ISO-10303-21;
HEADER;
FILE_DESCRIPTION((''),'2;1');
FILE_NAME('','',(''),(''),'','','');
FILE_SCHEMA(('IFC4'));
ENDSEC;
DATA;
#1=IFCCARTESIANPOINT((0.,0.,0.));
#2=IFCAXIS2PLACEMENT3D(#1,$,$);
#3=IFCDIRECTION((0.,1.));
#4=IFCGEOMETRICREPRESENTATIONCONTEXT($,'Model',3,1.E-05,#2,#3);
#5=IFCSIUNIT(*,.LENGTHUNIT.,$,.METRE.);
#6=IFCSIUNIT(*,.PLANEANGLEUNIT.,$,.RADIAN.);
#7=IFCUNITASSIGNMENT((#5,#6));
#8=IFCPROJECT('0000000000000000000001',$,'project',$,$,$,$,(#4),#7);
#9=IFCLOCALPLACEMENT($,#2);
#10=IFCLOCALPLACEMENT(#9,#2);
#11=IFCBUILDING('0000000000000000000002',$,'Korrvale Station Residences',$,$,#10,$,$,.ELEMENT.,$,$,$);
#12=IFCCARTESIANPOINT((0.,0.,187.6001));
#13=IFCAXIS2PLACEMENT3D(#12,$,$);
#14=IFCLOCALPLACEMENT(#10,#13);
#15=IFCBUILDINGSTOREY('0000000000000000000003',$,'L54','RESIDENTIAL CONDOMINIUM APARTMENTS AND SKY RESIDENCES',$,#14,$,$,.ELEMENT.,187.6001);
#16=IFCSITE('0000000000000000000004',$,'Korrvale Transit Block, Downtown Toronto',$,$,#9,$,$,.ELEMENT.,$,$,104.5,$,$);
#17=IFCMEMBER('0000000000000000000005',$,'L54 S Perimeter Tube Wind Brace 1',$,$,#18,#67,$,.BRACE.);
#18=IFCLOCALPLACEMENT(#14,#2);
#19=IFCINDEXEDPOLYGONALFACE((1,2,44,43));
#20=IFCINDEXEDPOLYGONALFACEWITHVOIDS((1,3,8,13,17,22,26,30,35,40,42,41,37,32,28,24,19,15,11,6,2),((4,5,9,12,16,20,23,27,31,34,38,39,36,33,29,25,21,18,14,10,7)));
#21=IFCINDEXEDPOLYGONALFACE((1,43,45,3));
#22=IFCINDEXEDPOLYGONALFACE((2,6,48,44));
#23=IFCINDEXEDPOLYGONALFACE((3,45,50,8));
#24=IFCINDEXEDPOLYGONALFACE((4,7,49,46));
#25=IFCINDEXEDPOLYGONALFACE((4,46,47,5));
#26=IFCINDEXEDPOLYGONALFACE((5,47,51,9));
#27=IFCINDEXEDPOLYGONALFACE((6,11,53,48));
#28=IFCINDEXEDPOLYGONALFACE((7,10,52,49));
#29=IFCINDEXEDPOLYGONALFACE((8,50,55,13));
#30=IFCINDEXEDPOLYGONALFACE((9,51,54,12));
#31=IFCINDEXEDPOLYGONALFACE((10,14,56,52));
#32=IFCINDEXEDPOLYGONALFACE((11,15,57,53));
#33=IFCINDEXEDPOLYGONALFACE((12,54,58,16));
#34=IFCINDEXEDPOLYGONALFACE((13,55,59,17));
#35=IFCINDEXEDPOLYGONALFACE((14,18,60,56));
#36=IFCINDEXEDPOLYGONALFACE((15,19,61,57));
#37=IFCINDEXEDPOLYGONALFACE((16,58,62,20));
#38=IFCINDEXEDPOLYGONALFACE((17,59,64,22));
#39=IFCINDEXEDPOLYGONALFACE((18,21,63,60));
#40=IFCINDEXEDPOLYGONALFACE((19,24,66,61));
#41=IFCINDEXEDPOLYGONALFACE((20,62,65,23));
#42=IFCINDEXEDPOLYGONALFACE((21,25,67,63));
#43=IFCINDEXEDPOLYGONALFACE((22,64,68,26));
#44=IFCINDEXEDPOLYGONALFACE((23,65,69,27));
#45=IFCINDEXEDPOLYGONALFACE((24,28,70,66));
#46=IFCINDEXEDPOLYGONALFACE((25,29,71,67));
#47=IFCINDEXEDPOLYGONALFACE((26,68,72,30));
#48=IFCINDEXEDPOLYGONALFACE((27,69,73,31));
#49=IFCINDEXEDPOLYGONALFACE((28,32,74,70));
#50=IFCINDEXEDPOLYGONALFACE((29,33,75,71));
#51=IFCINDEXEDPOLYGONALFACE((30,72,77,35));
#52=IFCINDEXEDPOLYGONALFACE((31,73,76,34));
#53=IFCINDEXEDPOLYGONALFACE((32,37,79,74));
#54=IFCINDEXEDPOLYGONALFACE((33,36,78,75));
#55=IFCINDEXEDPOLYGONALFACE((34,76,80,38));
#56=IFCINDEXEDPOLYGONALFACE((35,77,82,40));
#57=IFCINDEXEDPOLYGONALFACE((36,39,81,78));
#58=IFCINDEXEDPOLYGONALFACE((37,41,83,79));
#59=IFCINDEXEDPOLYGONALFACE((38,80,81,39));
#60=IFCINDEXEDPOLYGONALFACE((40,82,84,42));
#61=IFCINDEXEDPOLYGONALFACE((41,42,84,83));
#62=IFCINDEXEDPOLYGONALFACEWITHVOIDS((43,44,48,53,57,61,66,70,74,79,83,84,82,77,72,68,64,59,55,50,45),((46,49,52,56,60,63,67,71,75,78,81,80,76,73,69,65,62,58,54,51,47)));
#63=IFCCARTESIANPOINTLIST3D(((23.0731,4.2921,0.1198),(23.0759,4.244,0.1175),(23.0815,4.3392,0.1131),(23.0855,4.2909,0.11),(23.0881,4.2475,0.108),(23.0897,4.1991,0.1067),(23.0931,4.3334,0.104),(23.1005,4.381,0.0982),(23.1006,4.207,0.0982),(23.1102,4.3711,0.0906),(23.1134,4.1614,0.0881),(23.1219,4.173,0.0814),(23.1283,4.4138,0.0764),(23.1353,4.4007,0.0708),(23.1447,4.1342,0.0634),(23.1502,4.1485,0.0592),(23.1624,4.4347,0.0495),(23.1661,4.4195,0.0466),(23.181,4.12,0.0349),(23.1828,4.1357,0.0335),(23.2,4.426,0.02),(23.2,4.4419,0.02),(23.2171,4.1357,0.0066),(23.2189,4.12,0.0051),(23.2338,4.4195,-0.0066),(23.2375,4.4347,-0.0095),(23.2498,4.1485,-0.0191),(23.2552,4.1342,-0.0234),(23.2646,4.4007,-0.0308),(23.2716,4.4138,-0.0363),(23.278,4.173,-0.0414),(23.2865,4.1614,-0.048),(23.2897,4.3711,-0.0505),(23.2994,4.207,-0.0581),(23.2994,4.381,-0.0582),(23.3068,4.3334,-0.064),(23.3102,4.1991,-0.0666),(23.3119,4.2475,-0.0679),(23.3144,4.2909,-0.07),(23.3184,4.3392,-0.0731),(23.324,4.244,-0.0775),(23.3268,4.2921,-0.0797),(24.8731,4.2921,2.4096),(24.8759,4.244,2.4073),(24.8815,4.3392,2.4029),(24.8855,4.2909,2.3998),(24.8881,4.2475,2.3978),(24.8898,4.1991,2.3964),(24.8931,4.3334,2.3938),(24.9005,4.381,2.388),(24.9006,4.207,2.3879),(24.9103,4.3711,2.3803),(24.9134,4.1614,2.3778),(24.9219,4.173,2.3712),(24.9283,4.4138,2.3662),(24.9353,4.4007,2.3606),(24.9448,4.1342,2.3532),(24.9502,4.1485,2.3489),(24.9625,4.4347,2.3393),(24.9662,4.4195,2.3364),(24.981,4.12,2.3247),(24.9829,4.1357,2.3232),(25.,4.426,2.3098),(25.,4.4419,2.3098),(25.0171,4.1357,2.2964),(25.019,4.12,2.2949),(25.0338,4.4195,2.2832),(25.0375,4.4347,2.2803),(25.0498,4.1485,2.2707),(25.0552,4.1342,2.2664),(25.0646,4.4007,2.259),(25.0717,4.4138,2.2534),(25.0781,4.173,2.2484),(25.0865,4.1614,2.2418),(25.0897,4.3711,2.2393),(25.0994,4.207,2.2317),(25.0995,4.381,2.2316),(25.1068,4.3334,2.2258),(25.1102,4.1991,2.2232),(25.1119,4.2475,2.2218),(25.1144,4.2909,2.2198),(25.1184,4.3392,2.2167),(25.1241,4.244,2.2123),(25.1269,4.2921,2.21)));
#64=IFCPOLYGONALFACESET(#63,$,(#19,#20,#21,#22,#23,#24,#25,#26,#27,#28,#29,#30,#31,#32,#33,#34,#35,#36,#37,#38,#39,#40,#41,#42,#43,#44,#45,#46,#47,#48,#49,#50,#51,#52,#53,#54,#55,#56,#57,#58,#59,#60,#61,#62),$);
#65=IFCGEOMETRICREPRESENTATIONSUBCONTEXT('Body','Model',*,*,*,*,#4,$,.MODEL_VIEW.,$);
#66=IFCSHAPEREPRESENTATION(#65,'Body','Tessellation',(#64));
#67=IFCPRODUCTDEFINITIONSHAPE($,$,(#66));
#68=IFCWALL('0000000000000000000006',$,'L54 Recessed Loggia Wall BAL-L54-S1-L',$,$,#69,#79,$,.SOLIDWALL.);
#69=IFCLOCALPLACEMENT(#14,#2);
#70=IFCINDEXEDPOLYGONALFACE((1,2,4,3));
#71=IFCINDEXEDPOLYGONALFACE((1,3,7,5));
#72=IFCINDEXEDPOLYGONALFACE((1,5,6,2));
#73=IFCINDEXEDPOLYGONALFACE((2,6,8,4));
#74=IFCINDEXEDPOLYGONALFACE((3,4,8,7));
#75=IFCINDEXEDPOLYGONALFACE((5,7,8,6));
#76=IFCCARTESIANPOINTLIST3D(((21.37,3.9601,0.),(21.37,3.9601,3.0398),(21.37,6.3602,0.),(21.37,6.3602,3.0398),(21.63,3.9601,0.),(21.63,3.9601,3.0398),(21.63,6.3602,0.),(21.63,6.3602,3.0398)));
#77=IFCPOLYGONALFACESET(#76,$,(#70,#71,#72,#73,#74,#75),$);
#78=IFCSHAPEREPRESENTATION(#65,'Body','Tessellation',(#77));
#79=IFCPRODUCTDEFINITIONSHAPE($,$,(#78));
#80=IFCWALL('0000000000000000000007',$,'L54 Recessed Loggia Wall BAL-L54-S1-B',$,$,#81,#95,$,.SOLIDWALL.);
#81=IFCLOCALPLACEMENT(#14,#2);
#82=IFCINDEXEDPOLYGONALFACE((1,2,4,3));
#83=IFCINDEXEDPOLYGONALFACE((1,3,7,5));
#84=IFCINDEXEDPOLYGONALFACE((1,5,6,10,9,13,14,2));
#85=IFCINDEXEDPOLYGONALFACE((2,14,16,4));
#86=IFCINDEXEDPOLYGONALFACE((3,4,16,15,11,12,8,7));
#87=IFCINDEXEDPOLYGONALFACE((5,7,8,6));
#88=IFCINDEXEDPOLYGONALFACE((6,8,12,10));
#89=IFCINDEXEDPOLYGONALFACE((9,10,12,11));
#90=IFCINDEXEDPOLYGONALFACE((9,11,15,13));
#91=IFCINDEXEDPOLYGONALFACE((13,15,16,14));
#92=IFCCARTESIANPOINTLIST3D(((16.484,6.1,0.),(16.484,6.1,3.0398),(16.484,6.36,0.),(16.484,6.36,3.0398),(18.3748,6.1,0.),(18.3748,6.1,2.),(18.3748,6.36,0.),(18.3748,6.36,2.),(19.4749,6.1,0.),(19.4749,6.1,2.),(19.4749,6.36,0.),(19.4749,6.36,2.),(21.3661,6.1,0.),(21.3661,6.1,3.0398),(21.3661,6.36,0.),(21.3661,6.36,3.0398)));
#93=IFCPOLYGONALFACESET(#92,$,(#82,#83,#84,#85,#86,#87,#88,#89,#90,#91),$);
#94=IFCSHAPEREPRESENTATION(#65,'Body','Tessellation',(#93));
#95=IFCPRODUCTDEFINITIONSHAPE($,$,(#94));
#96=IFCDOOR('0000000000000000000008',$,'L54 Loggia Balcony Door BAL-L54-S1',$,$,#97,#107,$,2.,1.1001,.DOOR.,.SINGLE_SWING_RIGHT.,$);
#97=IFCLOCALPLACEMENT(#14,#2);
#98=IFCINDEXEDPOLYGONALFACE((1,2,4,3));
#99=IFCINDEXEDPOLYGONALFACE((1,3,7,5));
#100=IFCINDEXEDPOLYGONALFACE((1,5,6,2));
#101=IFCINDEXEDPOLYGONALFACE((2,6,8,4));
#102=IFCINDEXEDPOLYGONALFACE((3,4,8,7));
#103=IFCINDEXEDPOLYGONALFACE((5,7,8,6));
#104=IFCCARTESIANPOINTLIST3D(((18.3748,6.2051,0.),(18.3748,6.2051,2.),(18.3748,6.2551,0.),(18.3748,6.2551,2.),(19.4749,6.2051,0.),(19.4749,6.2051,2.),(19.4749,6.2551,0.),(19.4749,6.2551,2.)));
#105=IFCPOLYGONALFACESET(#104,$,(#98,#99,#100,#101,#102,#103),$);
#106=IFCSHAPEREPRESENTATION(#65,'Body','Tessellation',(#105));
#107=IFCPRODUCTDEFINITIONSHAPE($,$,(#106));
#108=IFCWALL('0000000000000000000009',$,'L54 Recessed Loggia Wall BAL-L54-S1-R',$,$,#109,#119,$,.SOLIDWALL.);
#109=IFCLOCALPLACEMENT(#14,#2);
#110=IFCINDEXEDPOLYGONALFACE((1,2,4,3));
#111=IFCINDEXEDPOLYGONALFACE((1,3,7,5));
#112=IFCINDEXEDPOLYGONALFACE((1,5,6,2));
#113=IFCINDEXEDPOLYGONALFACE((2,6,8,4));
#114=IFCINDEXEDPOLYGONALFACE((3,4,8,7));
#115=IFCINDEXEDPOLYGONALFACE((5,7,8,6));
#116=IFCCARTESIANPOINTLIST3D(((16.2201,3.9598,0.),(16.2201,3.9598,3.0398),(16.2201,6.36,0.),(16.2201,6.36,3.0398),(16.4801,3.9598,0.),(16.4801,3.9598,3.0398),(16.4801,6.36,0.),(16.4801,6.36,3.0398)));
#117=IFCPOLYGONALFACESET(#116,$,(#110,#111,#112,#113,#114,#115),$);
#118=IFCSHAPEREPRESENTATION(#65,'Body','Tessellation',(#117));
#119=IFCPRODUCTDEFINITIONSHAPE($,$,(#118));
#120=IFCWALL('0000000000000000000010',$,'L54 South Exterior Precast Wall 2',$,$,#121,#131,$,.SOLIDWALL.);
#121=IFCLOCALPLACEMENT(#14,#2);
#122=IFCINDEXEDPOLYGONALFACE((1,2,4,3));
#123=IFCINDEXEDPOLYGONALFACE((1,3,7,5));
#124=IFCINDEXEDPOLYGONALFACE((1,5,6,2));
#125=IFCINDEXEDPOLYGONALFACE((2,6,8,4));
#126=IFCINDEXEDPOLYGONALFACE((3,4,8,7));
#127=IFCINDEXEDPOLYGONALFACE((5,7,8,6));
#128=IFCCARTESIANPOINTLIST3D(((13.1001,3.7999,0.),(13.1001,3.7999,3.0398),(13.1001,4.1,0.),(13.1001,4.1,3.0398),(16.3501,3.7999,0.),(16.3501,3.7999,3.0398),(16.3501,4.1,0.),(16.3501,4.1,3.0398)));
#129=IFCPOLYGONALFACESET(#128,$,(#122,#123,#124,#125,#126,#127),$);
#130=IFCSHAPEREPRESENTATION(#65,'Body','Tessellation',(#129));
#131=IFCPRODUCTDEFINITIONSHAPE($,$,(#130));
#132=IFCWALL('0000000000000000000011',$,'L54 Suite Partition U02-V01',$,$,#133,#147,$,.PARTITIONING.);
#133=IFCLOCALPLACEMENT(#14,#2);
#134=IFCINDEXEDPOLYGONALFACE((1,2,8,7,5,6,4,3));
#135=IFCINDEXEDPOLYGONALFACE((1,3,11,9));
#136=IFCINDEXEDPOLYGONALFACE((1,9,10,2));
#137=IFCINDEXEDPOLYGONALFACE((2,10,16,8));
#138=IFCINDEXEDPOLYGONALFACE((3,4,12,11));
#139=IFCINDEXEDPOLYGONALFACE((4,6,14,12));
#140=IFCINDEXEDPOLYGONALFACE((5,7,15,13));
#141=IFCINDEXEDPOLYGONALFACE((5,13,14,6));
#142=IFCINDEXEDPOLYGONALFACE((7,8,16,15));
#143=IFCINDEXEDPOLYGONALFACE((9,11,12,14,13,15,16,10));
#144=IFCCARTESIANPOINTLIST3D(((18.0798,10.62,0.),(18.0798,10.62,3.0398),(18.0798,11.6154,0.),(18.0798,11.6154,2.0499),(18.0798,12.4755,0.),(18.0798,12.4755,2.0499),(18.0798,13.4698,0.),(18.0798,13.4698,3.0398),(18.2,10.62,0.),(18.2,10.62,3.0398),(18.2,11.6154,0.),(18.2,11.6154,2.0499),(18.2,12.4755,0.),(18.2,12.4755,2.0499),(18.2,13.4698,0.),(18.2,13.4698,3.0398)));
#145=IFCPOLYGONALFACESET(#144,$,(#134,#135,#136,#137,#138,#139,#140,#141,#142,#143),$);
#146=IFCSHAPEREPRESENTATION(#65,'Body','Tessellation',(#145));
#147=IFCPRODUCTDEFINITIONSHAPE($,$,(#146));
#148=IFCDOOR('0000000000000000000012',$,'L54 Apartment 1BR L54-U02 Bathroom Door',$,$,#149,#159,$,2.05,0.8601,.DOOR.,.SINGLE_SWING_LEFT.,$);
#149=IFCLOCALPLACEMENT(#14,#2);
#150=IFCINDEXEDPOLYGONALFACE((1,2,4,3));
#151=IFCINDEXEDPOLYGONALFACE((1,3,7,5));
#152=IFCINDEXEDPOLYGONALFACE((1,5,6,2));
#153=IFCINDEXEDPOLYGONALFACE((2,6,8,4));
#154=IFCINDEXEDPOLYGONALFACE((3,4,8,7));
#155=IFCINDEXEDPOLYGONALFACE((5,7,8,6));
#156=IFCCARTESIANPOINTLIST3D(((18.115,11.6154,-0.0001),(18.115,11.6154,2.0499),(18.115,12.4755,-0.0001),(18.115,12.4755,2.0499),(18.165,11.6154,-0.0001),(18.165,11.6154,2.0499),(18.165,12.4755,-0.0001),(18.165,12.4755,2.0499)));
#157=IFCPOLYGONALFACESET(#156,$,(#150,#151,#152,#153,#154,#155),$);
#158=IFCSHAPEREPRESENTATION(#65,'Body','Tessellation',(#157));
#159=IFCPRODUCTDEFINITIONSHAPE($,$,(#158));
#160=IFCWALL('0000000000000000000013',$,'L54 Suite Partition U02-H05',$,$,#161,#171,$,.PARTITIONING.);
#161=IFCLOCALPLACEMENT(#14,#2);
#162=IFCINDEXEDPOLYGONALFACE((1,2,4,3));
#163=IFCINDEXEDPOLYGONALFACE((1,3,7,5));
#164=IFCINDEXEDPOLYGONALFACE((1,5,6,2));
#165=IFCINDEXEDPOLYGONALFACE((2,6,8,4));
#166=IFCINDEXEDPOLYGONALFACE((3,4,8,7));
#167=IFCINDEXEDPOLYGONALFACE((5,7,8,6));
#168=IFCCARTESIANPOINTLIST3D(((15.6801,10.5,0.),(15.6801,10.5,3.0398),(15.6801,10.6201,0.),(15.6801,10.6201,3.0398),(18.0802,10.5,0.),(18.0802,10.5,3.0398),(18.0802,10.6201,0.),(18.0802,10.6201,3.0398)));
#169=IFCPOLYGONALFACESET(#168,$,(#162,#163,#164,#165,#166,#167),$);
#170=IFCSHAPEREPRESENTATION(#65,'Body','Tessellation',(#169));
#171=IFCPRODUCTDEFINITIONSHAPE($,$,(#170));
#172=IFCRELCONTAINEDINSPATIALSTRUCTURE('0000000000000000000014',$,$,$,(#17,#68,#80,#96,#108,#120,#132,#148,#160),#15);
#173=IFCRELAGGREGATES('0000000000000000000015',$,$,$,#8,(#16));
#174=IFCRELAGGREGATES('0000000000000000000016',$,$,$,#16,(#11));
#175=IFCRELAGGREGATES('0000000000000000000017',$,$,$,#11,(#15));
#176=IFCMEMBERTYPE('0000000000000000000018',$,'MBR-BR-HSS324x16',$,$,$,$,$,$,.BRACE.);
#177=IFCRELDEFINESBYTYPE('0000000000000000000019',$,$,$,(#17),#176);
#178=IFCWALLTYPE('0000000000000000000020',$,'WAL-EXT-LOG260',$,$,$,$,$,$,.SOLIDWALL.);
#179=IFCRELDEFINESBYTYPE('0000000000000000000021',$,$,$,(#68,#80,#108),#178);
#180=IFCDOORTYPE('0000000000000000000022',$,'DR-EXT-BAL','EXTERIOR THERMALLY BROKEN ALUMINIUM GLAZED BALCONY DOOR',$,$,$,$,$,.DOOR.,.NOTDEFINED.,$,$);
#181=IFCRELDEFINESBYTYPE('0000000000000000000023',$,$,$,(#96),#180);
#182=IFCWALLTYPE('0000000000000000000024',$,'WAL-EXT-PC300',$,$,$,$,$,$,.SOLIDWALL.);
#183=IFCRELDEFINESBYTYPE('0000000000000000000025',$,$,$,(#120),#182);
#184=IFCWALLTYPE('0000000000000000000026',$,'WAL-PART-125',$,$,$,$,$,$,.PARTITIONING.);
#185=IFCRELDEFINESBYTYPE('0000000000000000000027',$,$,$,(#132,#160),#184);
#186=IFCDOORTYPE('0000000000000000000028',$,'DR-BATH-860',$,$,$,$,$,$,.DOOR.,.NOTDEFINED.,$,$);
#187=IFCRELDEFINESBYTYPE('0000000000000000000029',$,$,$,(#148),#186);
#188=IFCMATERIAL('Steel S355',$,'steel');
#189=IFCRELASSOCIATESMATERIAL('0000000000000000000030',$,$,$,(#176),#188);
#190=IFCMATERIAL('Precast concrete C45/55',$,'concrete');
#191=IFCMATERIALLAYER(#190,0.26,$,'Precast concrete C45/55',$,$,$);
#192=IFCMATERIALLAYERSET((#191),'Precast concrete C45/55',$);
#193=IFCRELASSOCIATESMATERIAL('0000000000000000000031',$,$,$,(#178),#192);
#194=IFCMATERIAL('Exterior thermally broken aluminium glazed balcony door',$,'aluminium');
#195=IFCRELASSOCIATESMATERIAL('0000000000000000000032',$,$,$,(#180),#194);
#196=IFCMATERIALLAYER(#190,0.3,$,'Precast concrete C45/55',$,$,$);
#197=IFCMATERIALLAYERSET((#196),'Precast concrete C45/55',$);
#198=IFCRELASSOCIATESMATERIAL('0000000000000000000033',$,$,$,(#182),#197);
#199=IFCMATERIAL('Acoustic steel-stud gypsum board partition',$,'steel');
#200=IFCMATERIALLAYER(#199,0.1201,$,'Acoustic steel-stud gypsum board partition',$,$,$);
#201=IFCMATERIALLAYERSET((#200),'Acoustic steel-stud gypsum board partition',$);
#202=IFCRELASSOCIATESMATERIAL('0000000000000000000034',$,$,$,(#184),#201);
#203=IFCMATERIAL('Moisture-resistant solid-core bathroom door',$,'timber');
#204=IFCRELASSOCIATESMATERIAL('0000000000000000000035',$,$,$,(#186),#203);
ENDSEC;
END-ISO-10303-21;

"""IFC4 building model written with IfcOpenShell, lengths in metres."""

from ifc_helpers import new_model, si_unit, direction, frame, frame_2d, origin, origin_2d, place, context, subcontext, project, spatial, rectangle, hollow_circle, extrude, material, layer, layer_set, material_profile, profile_set, type_object, element, fill, save


model = new_model("IFC4")

# Units and contexts
model_context = context("Model", 3, precision=1e-05, world=origin(), true_north=direction((0.0, 1.0)))
body_context = subcontext(model_context, "Body", "Model", "MODEL_VIEW")
ifc_project = project(units=[si_unit("LENGTHUNIT", "METRE"), si_unit("PLANEANGLEUNIT", "RADIAN")], contexts=[model_context])

# Site, building, storey
site_placement = place(None, origin())
site = spatial("IfcSite", under=ifc_project, at=site_placement, Name="Korrvale Transit Block, Downtown Toronto", CompositionType="ELEMENT", RefElevation=104.5)
building_placement = place(site_placement, origin())
building = spatial("IfcBuilding", under=site, at=building_placement, Name="Korrvale Station Residences", CompositionType="ELEMENT")
storey_placement = place(building_placement, frame((0.0, 0.0, 187.6001)))
storey = spatial("IfcBuildingStorey", under=building, at=storey_placement, Name="L54", Description="RESIDENTIAL CONDOMINIUM APARTMENTS AND SKY RESIDENCES", CompositionType="ELEMENT", Elevation=187.6001)

# Shared definitions
ifc_material_1 = material(Name="Steel S355", Category="steel")

# Member
ifc_material_profile_1 = material_profile(ifc_material_1, hollow_circle(Radius=0.1619, WallThickness=0.0159, at=origin_2d()), Name="HSS324x16")
ifc_profile_set_1 = profile_set([ifc_material_profile_1], Name="Steel S355")
member_type = type_object("IfcMemberType", Name="MBR-BR-HSS324x16", PredefinedType="BRACE", material=ifc_profile_set_1)
member_placement = place(storey_placement, frame((23.2, 4.28, 0.02), z_axis=(0.618018, 0.0, 0.786164), x_axis=(0.0, 1.0, 0.0)))
element("IfcMember", 1, at=member_placement, inside=storey, type_object=member_type, Name="L54 S Perimeter Tube Wind Brace 1", PredefinedType="BRACE", context=body_context, shape_type="SweptSolid", body=[
    extrude(hollow_circle(Radius=0.1619, WallThickness=0.0159, at=origin_2d()), origin(), (0.0, 0.0, 1.0), 2.9126),
])

# Wall
ifc_material_2 = material(Name="Precast concrete C45/55", Category="concrete")
ifc_layer_1 = layer(ifc_material_2, 0.26, Name="Precast concrete C45/55")
ifc_layer_set_1 = layer_set([ifc_layer_1], Name="Precast concrete C45/55")
wall_type_1 = type_object("IfcWallType", Name="WAL-EXT-LOG260", PredefinedType="SOLIDWALL", material=ifc_layer_set_1)
wall_1_placement = place(storey_placement, frame((21.5, 3.96, 0.0), z_axis=(0.0, 0.0, 1.0), x_axis=(0.0, 1.0, 0.0)))
element("IfcWall", 2, at=wall_1_placement, inside=storey, type_object=wall_type_1, Name="L54 Recessed Loggia Wall BAL-L54-S1-L", PredefinedType="SOLIDWALL", context=body_context, shape_type="SweptSolid", body=[
    extrude(rectangle(XDim=2.4001, YDim=0.26, at=frame_2d((1.2002, 0.0))), origin(), (0.0, 0.0, 1.0), 3.0398),
])

# Wall, opening, door
wall_2_placement = place(storey_placement, frame((21.366, 6.23, 0.0), z_axis=(0.0, 0.0, 1.0), x_axis=(-1.0, 0.0, 0.0)))
wall_2 = element("IfcWall", 3, at=wall_2_placement, inside=storey, type_object=wall_type_1, Name="L54 Recessed Loggia Wall BAL-L54-S1-B", PredefinedType="SOLIDWALL", context=body_context, shape_type="SweptSolid", body=[
    extrude(rectangle(XDim=4.8821, YDim=0.26, at=frame_2d((2.4409, 0.0))), origin(), (0.0, 0.0, 1.0), 3.0398),
])
opening_1_placement = place(wall_2_placement, frame((1.8911, 0.0, 0.0)))
opening_1 = element("IfcOpeningElement", 4, at=opening_1_placement, cuts=wall_2, PredefinedType="OPENING", context=body_context, shape_type="SweptSolid", body=[
    extrude(rectangle(XDim=1.1001, YDim=2.0, at=frame_2d((0.55, 1.0))), frame((0.0, 0.1401, 0.0), z_axis=(0.0, -1.0, 0.0), x_axis=(1.0, 0.0, 0.0)), (0.0, 0.0, 1.0), 0.28),
])
ifc_material_3 = material(Name="Exterior thermally broken aluminium glazed balcony door", Category="aluminium")
door_type_1 = type_object("IfcDoorType", Name="DR-EXT-BAL", Description="EXTERIOR THERMALLY BROKEN ALUMINIUM GLAZED BALCONY DOOR", OperationType="NOTDEFINED", PredefinedType="DOOR", material=ifc_material_3)
door_1_placement = place(opening_1_placement, origin())
door_1 = element("IfcDoor", 5, at=door_1_placement, inside=storey, type_object=door_type_1, Name="L54 Loggia Balcony Door BAL-L54-S1", OperationType="SINGLE_SWING_RIGHT", OverallHeight=2.0, OverallWidth=1.1001, PredefinedType="DOOR", context=body_context, shape_type="SweptSolid", body=[
    extrude(rectangle(XDim=1.1001, YDim=2.0, at=frame_2d((0.55, 1.0))), frame((0.0, 0.0249, 0.0), z_axis=(0.0, -1.0, 0.0), x_axis=(1.0, 0.0, 0.0)), (0.0, 0.0, 1.0), 0.05),
])
fill(opening_1, door_1)

# Walls
wall_3_placement = place(storey_placement, frame((16.3501, 6.3601, 0.0), z_axis=(0.0, 0.0, 1.0), x_axis=(0.0, -1.0, 0.0)))
element("IfcWall", 6, at=wall_3_placement, inside=storey, type_object=wall_type_1, Name="L54 Recessed Loggia Wall BAL-L54-S1-R", PredefinedType="SOLIDWALL", context=body_context, shape_type="SweptSolid", body=[
    extrude(rectangle(XDim=2.4001, YDim=0.26, at=frame_2d((1.2002, 0.0))), origin(), (0.0, 0.0, 1.0), 3.0398),
])
ifc_layer_2 = layer(ifc_material_2, 0.3, Name="Precast concrete C45/55")
ifc_layer_set_2 = layer_set([ifc_layer_2], Name="Precast concrete C45/55")
wall_type_2 = type_object("IfcWallType", Name="WAL-EXT-PC300", PredefinedType="SOLIDWALL", material=ifc_layer_set_2)
wall_4_placement = place(storey_placement, frame((16.3501, 3.95, 0.0), z_axis=(0.0, 0.0, 1.0), x_axis=(-1.0, 0.0, 0.0)))
element("IfcWall", 7, at=wall_4_placement, inside=storey, type_object=wall_type_2, Name="L54 South Exterior Precast Wall 2", PredefinedType="SOLIDWALL", context=body_context, shape_type="SweptSolid", body=[
    extrude(rectangle(XDim=3.25, YDim=0.3, at=frame_2d((1.625, 0.0))), origin(), (0.0, 0.0, 1.0), 3.0398),
])

# Wall, opening, door
ifc_material_4 = material(Name="Acoustic steel-stud gypsum board partition", Category="steel")
ifc_layer_3 = layer(ifc_material_4, 0.1201, Name="Acoustic steel-stud gypsum board partition")
ifc_layer_set_3 = layer_set([ifc_layer_3], Name="Acoustic steel-stud gypsum board partition")
wall_type_3 = type_object("IfcWallType", Name="WAL-PART-125", PredefinedType="PARTITIONING", material=ifc_layer_set_3)
wall_5_placement = place(storey_placement, frame((18.1399, 10.6201, 0.0), z_axis=(0.0, 0.0, 1.0), x_axis=(0.0, 1.0, 0.0)))
wall_5 = element("IfcWall", 8, at=wall_5_placement, inside=storey, type_object=wall_type_3, Name="L54 Suite Partition U02-V01", PredefinedType="PARTITIONING", context=body_context, shape_type="SweptSolid", body=[
    extrude(rectangle(XDim=2.8499, YDim=0.1201, at=frame_2d((1.4248, 0.0))), origin(), (0.0, 0.0, 1.0), 3.0398),
])
opening_2_placement = place(wall_5_placement, frame((0.9951, 0.0, 0.0)))
opening_2 = element("IfcOpeningElement", 9, at=opening_2_placement, cuts=wall_5, PredefinedType="OPENING", context=body_context, shape_type="SweptSolid", body=[
    extrude(rectangle(XDim=0.8601, YDim=2.05, at=frame_2d((0.4302, 1.0249))), frame((0.0, 0.0701, 0.0), z_axis=(0.0, -1.0, 0.0), x_axis=(1.0, 0.0, 0.0)), (0.0, 0.0, 1.0), 0.1401),
])
ifc_material_5 = material(Name="Moisture-resistant solid-core bathroom door", Category="timber")
door_type_2 = type_object("IfcDoorType", Name="DR-BATH-860", OperationType="NOTDEFINED", PredefinedType="DOOR", material=ifc_material_5)
door_2_placement = place(opening_2_placement, origin())
door_2 = element("IfcDoor", 10, at=door_2_placement, inside=storey, type_object=door_type_2, Name="L54 Apartment 1BR L54-U02 Bathroom Door", OperationType="SINGLE_SWING_LEFT", OverallHeight=2.05, OverallWidth=0.8601, PredefinedType="DOOR", context=body_context, shape_type="SweptSolid", body=[
    extrude(rectangle(XDim=0.8601, YDim=2.05, at=frame_2d((0.4302, 1.0249))), frame((0.0, 0.0249, 0.0), z_axis=(0.0, -1.0, 0.0), x_axis=(1.0, 0.0, 0.0)), (0.0, 0.0, 1.0), 0.05),
])
fill(opening_2, door_2)

# Wall
wall_6_placement = place(storey_placement, frame((15.6799, 10.5601, 0.0), z_axis=(0.0, 0.0, 1.0), x_axis=(1.0, 0.0, 0.0)))
element("IfcWall", 11, at=wall_6_placement, inside=storey, type_object=wall_type_3, Name="L54 Suite Partition U02-H05", PredefinedType="PARTITIONING", context=body_context, shape_type="SweptSolid", body=[
    extrude(rectangle(XDim=2.4001, YDim=0.1201, at=frame_2d((1.2002, 0.0))), origin(), (0.0, 0.0, 1.0), 3.0398),
])

save(model, "model.ifc")
